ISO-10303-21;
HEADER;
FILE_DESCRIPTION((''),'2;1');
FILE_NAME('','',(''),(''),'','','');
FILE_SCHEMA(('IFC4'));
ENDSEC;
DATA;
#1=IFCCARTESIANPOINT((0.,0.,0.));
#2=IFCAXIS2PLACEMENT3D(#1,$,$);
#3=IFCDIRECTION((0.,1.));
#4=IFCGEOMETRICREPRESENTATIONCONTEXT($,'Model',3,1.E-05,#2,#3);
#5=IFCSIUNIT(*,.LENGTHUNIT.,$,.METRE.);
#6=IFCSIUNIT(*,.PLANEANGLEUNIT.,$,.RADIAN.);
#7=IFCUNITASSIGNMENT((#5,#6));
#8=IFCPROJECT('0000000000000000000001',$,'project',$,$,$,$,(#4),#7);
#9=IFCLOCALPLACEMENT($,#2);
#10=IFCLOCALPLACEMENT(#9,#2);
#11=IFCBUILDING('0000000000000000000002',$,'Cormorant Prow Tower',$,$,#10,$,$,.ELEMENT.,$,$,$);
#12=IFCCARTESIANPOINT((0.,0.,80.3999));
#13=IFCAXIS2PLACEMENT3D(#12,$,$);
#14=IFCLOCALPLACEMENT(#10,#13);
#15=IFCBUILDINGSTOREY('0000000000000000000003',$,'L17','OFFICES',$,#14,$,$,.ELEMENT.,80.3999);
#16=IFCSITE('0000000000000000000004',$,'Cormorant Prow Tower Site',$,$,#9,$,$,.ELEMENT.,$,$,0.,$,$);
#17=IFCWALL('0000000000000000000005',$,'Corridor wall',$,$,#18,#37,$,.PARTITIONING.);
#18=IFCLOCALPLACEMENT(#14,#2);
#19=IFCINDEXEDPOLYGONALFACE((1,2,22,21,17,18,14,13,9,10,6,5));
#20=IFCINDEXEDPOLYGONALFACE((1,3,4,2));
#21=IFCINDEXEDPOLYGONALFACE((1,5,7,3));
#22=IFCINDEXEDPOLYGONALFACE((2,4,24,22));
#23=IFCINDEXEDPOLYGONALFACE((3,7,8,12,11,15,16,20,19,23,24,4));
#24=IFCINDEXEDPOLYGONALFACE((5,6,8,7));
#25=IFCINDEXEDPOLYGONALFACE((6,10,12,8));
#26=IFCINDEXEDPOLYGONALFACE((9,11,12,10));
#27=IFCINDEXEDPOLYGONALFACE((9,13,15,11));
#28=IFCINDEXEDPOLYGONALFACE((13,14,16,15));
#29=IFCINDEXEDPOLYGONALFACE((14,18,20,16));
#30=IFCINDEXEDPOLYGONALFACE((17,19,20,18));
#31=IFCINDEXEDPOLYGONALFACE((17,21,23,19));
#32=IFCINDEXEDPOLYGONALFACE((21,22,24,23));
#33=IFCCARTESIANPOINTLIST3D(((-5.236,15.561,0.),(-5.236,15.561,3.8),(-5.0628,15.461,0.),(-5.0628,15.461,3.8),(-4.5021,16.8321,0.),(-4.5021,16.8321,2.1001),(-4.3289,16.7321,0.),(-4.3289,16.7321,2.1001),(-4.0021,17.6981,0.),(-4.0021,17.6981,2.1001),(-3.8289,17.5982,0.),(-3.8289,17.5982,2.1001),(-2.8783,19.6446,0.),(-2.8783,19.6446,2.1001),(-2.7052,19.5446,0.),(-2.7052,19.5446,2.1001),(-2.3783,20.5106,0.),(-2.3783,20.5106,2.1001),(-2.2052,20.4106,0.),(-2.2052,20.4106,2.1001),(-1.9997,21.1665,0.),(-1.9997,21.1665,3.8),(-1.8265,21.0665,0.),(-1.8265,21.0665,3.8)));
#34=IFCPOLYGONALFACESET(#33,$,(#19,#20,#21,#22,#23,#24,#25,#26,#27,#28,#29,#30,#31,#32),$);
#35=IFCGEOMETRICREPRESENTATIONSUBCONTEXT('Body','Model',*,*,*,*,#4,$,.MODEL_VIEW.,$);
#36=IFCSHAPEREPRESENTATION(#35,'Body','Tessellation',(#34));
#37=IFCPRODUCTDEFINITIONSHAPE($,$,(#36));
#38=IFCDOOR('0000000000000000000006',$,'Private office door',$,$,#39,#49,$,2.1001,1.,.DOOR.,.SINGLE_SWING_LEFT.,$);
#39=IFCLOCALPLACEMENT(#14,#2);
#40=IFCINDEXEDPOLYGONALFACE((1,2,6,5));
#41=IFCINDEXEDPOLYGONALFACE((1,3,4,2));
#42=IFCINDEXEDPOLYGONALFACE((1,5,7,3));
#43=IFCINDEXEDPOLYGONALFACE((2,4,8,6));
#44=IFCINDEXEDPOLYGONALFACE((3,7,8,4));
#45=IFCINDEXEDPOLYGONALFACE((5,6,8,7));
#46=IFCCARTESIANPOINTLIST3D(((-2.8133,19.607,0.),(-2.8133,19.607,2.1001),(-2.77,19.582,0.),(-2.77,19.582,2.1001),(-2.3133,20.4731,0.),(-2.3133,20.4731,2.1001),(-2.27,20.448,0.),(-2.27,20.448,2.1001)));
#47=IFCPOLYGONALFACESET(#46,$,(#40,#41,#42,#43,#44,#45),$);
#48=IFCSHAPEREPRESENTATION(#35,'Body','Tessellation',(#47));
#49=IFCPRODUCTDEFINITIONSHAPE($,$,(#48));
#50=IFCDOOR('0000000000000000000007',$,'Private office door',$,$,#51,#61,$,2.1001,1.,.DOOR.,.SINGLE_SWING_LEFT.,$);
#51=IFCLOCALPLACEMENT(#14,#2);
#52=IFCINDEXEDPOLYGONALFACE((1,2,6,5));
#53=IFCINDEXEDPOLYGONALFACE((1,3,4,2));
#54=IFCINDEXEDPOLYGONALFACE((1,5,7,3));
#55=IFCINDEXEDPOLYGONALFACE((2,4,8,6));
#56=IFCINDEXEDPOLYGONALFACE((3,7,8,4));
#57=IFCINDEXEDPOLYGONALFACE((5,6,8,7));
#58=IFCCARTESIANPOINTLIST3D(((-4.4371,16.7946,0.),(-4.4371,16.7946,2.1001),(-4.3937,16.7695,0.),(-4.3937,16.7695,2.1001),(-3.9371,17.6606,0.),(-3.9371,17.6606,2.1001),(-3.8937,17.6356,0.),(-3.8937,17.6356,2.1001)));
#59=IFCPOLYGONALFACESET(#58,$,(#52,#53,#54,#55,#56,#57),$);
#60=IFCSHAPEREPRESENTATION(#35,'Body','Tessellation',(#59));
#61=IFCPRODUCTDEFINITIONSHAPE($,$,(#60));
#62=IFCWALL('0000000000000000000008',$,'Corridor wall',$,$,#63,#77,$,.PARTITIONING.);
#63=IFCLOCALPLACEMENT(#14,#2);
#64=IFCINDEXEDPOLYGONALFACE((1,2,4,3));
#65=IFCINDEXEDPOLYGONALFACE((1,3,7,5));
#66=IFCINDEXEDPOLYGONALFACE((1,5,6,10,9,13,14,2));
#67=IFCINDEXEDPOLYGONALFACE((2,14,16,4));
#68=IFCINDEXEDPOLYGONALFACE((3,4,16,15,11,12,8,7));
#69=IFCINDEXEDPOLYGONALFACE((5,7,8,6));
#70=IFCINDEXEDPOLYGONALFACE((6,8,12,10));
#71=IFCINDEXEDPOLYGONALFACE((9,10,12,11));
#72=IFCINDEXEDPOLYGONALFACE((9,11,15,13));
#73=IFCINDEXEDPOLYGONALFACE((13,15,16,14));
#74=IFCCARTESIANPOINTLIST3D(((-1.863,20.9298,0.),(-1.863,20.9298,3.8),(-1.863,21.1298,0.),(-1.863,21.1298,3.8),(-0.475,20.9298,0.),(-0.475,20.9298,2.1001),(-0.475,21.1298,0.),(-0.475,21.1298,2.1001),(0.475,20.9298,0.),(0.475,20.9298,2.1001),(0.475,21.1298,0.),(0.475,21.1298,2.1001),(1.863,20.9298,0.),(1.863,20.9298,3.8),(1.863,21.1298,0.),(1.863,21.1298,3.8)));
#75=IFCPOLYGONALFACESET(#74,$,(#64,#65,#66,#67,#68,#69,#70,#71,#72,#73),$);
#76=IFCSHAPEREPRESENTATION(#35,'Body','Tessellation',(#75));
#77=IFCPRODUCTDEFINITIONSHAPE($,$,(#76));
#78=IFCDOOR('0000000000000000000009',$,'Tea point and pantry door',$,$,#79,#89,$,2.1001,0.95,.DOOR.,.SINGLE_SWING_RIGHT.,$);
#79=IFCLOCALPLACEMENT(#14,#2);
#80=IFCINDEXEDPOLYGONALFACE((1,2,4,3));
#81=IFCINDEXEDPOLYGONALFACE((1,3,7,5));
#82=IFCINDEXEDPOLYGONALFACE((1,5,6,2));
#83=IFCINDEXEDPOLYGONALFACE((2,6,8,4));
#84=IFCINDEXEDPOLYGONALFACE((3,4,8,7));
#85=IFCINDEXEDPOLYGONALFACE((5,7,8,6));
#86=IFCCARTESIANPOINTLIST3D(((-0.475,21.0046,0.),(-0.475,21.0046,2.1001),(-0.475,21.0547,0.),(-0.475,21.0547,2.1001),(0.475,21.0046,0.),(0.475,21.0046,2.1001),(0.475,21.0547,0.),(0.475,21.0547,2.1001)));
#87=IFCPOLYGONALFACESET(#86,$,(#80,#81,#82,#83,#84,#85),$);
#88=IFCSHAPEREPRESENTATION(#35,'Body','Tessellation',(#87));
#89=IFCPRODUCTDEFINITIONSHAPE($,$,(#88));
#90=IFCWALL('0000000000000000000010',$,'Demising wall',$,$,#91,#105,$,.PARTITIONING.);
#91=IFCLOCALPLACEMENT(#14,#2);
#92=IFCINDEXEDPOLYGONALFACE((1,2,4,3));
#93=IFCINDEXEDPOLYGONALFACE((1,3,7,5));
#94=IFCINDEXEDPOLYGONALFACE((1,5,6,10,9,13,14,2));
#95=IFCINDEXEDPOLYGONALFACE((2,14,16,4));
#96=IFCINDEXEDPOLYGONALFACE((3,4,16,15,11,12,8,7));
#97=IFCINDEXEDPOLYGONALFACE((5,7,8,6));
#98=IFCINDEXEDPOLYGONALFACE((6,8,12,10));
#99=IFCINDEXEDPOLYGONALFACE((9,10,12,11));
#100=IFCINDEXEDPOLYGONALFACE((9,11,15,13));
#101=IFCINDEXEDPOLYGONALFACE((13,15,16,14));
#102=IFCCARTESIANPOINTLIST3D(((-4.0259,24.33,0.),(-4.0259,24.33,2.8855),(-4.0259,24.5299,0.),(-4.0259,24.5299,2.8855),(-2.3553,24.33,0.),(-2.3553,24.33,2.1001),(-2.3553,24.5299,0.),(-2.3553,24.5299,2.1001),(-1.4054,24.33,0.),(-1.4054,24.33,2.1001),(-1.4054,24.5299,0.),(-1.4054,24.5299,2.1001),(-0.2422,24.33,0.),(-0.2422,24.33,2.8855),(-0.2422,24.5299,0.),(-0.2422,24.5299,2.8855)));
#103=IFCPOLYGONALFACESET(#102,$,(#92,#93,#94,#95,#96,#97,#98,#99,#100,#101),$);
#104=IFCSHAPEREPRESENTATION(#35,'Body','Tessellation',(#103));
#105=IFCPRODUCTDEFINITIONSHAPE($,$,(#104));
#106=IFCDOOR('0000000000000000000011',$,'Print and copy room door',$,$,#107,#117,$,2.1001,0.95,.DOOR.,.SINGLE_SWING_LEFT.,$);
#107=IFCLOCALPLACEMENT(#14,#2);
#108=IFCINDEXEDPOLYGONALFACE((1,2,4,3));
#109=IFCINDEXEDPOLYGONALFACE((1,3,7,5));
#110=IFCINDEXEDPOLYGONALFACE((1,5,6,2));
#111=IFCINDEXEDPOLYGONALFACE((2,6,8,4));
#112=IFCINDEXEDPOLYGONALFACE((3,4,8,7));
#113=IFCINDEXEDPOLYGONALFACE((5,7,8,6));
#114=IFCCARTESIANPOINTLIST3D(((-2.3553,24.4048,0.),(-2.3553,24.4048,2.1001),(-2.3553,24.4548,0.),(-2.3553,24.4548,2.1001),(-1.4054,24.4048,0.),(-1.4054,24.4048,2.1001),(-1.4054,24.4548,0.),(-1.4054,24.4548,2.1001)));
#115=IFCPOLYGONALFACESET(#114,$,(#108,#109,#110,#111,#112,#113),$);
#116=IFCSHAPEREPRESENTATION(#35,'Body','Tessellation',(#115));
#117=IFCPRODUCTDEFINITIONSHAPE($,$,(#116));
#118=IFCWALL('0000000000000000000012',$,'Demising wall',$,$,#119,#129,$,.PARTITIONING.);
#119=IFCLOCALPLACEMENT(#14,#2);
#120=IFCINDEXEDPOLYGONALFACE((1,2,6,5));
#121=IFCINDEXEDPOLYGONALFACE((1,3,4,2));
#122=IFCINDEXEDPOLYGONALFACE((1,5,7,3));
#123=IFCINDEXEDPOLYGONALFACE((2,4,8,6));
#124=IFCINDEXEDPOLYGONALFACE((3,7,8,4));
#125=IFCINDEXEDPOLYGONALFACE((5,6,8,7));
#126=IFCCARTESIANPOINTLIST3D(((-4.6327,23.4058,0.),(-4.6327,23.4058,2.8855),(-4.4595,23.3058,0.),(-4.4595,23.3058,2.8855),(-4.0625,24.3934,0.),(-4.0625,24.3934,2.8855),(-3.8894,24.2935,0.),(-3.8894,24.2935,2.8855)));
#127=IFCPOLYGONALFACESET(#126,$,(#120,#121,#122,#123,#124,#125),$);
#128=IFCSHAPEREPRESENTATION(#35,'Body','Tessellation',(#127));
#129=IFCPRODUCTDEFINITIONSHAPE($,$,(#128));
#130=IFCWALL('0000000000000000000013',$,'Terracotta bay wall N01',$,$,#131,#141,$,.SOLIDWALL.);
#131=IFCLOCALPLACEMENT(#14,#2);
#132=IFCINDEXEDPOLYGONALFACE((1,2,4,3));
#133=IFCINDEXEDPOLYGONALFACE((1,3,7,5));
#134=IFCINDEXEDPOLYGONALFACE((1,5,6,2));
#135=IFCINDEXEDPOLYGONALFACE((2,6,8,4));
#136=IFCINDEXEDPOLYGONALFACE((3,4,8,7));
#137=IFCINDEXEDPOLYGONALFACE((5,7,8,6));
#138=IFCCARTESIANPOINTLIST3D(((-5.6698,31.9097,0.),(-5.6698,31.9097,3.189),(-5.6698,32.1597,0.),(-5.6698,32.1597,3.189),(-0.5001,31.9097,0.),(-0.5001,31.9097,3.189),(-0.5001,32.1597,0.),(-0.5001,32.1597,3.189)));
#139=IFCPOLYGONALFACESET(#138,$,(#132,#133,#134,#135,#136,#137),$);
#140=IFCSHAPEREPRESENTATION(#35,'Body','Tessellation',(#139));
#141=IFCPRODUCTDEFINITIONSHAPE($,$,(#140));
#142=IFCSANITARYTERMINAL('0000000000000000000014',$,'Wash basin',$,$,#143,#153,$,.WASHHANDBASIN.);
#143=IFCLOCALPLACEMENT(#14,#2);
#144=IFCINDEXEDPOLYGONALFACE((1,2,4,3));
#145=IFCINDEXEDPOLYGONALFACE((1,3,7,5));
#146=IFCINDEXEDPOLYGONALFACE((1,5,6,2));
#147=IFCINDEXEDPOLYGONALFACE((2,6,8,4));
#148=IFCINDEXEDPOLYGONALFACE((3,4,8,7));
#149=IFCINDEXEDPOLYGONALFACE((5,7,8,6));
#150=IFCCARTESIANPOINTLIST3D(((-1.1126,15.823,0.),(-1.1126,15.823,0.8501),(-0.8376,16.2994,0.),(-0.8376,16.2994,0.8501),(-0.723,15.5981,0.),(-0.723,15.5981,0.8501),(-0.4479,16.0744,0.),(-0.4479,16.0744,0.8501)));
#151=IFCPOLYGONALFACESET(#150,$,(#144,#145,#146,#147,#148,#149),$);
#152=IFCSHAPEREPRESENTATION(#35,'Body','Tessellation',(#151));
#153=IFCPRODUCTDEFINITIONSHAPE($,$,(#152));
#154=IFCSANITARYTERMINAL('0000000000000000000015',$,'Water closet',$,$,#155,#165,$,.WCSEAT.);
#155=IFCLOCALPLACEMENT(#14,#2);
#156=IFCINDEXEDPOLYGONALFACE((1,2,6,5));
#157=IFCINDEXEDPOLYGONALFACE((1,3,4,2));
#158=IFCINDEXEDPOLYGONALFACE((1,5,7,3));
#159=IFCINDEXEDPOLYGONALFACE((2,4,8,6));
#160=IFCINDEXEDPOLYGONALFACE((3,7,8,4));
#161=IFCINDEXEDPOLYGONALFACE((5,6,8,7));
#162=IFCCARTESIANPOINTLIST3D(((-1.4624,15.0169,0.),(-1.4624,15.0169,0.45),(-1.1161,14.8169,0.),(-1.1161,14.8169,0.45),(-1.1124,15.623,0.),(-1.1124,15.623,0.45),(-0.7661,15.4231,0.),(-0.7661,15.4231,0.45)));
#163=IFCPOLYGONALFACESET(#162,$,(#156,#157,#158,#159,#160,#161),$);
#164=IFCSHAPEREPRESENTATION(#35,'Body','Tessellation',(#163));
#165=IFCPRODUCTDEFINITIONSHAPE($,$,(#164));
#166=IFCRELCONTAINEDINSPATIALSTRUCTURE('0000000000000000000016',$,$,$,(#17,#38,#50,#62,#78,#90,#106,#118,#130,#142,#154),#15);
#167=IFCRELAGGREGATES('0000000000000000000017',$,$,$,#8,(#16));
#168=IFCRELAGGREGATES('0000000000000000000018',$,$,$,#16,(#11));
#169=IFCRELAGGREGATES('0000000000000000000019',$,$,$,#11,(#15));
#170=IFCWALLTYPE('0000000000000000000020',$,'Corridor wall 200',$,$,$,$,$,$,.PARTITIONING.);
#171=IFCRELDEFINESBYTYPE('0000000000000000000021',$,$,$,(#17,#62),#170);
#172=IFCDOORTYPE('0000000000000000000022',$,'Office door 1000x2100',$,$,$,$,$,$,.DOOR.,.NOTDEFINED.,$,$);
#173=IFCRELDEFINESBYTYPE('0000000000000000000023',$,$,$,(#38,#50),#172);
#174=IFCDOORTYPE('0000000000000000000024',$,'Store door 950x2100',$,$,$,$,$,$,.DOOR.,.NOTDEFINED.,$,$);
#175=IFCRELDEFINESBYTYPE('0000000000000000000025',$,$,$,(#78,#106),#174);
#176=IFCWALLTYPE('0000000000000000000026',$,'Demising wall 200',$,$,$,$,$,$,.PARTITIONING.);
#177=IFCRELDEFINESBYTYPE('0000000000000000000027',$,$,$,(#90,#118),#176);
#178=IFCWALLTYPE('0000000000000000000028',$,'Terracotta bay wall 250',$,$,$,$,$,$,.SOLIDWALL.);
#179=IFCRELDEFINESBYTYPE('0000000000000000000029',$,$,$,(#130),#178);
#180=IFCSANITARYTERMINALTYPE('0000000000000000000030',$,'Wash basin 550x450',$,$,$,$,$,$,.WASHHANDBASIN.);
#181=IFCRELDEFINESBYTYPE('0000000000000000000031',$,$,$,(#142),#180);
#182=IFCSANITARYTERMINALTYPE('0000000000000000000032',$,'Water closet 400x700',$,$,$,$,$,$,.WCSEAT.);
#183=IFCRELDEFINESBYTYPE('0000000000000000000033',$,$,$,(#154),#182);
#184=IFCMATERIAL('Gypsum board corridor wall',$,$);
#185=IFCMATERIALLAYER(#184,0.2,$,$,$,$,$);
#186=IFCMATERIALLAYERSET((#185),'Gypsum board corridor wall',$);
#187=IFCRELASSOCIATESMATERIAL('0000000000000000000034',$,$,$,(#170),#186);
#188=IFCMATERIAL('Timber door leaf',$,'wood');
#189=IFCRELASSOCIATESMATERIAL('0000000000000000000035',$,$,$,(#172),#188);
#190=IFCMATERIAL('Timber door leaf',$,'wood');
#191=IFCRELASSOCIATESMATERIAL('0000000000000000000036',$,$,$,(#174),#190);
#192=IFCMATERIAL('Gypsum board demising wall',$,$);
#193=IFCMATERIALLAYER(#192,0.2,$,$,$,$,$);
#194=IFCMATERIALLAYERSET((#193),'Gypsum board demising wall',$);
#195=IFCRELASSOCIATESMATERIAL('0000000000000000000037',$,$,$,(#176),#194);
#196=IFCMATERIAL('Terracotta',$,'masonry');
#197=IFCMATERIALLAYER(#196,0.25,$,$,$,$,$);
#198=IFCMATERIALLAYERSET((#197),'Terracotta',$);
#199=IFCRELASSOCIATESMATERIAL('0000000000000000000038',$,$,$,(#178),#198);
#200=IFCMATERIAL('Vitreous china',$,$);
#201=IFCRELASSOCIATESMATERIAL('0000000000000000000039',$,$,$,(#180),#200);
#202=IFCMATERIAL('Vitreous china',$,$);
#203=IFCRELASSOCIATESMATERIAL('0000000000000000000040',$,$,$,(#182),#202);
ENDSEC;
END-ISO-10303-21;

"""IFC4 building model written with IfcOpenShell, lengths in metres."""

from ifc_helpers import new_model, si_unit, direction, frame, frame_2d, origin, origin_2d, place, context, subcontext, project, spatial, rectangle, extrude, material, layer, layer_set, type_object, element, fill, save


model = new_model("IFC4")

# Units and contexts
model_context = context("Model", 3, precision=1e-05, world=origin(), true_north=direction((0.0, 1.0)))
body_context = subcontext(model_context, "Body", "Model", "MODEL_VIEW")
ifc_project = project(units=[si_unit("LENGTHUNIT", "METRE"), si_unit("PLANEANGLEUNIT", "RADIAN")], contexts=[model_context])

# Site, building, storey
site_placement = place(None, origin())
site = spatial("IfcSite", under=ifc_project, at=site_placement, Name="Cormorant Prow Tower Site", CompositionType="ELEMENT", RefElevation=0.0)
building_placement = place(site_placement, origin())
building = spatial("IfcBuilding", under=site, at=building_placement, Name="Cormorant Prow Tower", CompositionType="ELEMENT")
storey_placement = place(building_placement, frame((0.0, 0.0, 80.3999)))
storey = spatial("IfcBuildingStorey", under=building, at=storey_placement, Name="L17", Description="OFFICES", CompositionType="ELEMENT", Elevation=80.3999)

# Wall, openings, doors
ifc_material_1 = material(Name="Gypsum board corridor wall")
ifc_layer_1 = layer(ifc_material_1, 0.2)
ifc_layer_set_1 = layer_set([ifc_layer_1], Name="Gypsum board corridor wall")
wall_type_1 = type_object("IfcWallType", Name="Corridor wall 200", PredefinedType="PARTITIONING", material=ifc_layer_set_1)
wall_1_placement = place(storey_placement, frame((-5.1494, 15.511, 0.0), z_axis=(0.0, 0.0, 1.0), x_axis=(0.500001, 0.866025, 0.0)))
wall_1 = element("IfcWall", 1, at=wall_1_placement, inside=storey, type_object=wall_type_1, Name="Corridor wall", PredefinedType="PARTITIONING", context=body_context, shape_type="SweptSolid", body=[
    extrude(rectangle(XDim=6.4727, YDim=0.2, at=frame_2d((3.2363, 0.0))), origin(), (0.0, 0.0, 1.0), 3.8),
])
opening_1_placement = place(wall_1_placement, frame((4.7153, 0.0, 0.0)))
opening_1 = element("IfcOpeningElement", 2, at=opening_1_placement, cuts=wall_1, PredefinedType="OPENING", context=body_context, shape_type="SweptSolid", body=[
    extrude(rectangle(XDim=1.0, YDim=2.1001, at=frame_2d((0.5, 1.05))), frame((0.0, 0.1099, 0.0), z_axis=(0.0, -1.0, 0.0), x_axis=(1.0, 0.0, 0.0)), (0.0, 0.0, 1.0), 0.22),
])
opening_2_placement = place(wall_1_placement, frame((1.4678, 0.0, 0.0)))
opening_2 = element("IfcOpeningElement", 3, at=opening_2_placement, cuts=wall_1, PredefinedType="OPENING", context=body_context, shape_type="SweptSolid", body=[
    extrude(rectangle(XDim=1.0, YDim=2.1001, at=frame_2d((0.5, 1.05))), frame((0.0, 0.1099, 0.0), z_axis=(0.0, -1.0, 0.0), x_axis=(1.0, 0.0, 0.0)), (0.0, 0.0, 1.0), 0.22),
])
ifc_material_2 = material(Name="Timber door leaf", Category="wood")
door_type_1 = type_object("IfcDoorType", Name="Office door 1000x2100", OperationType="NOTDEFINED", PredefinedType="DOOR", material=ifc_material_2)
door_1_placement = place(opening_1_placement, origin())
door_1 = element("IfcDoor", 4, at=door_1_placement, inside=storey, type_object=door_type_1, Name="Private office door", OperationType="SINGLE_SWING_LEFT", OverallHeight=2.1001, OverallWidth=1.0, PredefinedType="DOOR", context=body_context, shape_type="SweptSolid", body=[
    extrude(rectangle(XDim=1.0, YDim=2.1001, at=frame_2d((0.5, 1.05))), frame((0.0, 0.0249, 0.0), z_axis=(0.0, -1.0, 0.0), x_axis=(1.0, 0.0, 0.0)), (0.0, 0.0, 1.0), 0.05),
])
fill(opening_1, door_1)
door_2_placement = place(opening_2_placement, origin())
door_2 = element("IfcDoor", 5, at=door_2_placement, inside=storey, type_object=door_type_1, Name="Private office door", OperationType="SINGLE_SWING_LEFT", OverallHeight=2.1001, OverallWidth=1.0, PredefinedType="DOOR", context=body_context, shape_type="SweptSolid", body=[
    extrude(rectangle(XDim=1.0, YDim=2.1001, at=frame_2d((0.5, 1.05))), frame((0.0, 0.0249, 0.0), z_axis=(0.0, -1.0, 0.0), x_axis=(1.0, 0.0, 0.0)), (0.0, 0.0, 1.0), 0.05),
])
fill(opening_2, door_2)

# Walls, openings, doors
wall_2_placement = place(storey_placement, frame((-1.863, 21.0298, 0.0), z_axis=(0.0, 0.0, 1.0), x_axis=(1.0, 0.0, 0.0)))
wall_2 = element("IfcWall", 6, at=wall_2_placement, inside=storey, type_object=wall_type_1, Name="Corridor wall", PredefinedType="PARTITIONING", context=body_context, shape_type="SweptSolid", body=[
    extrude(rectangle(XDim=3.7261, YDim=0.2, at=frame_2d((1.863, 0.0))), origin(), (0.0, 0.0, 1.0), 3.8),
])
opening_3_placement = place(wall_2_placement, frame((1.3879, 0.0, 0.0)))
opening_3 = element("IfcOpeningElement", 7, at=opening_3_placement, cuts=wall_2, PredefinedType="OPENING", context=body_context, shape_type="SweptSolid", body=[
    extrude(rectangle(XDim=0.95, YDim=2.1001, at=frame_2d((0.4751, 1.05))), frame((0.0, 0.1099, 0.0), z_axis=(0.0, -1.0, 0.0), x_axis=(1.0, 0.0, 0.0)), (0.0, 0.0, 1.0), 0.22),
])
ifc_material_3 = material(Name="Timber door leaf", Category="wood")
door_type_2 = type_object("IfcDoorType", Name="Store door 950x2100", OperationType="NOTDEFINED", PredefinedType="DOOR", material=ifc_material_3)
door_3_placement = place(opening_3_placement, origin())
door_3 = element("IfcDoor", 8, at=door_3_placement, inside=storey, type_object=door_type_2, Name="Tea point and pantry door", OperationType="SINGLE_SWING_RIGHT", OverallHeight=2.1001, OverallWidth=0.95, PredefinedType="DOOR", context=body_context, shape_type="SweptSolid", body=[
    extrude(rectangle(XDim=0.95, YDim=2.1001, at=frame_2d((0.4751, 1.05))), frame((0.0, 0.0249, 0.0), z_axis=(0.0, -1.0, 0.0), x_axis=(1.0, 0.0, 0.0)), (0.0, 0.0, 1.0), 0.05),
])
fill(opening_3, door_3)
ifc_material_4 = material(Name="Gypsum board demising wall")
ifc_layer_2 = layer(ifc_material_4, 0.2)
ifc_layer_set_2 = layer_set([ifc_layer_2], Name="Gypsum board demising wall")
wall_type_2 = type_object("IfcWallType", Name="Demising wall 200", PredefinedType="PARTITIONING", material=ifc_layer_set_2)
wall_3_placement = place(storey_placement, frame((-4.0259, 24.4299, 0.0), z_axis=(0.0, 0.0, 1.0), x_axis=(1.0, 0.0, 0.0)))
wall_3 = element("IfcWall", 9, at=wall_3_placement, inside=storey, type_object=wall_type_2, Name="Demising wall", PredefinedType="PARTITIONING", context=body_context, shape_type="SweptSolid", body=[
    extrude(rectangle(XDim=3.7837, YDim=0.2, at=frame_2d((1.8918, 0.0))), origin(), (0.0, 0.0, 1.0), 2.8855),
])
opening_4_placement = place(wall_3_placement, frame((1.6704, 0.0, 0.0)))
opening_4 = element("IfcOpeningElement", 10, at=opening_4_placement, cuts=wall_3, PredefinedType="OPENING", context=body_context, shape_type="SweptSolid", body=[
    extrude(rectangle(XDim=0.95, YDim=2.1001, at=frame_2d((0.4751, 1.05))), frame((0.0, 0.1099, 0.0), z_axis=(0.0, -1.0, 0.0), x_axis=(1.0, 0.0, 0.0)), (0.0, 0.0, 1.0), 0.22),
])
door_4_placement = place(opening_4_placement, origin())
door_4 = element("IfcDoor", 11, at=door_4_placement, inside=storey, type_object=door_type_2, Name="Print and copy room door", OperationType="SINGLE_SWING_LEFT", OverallHeight=2.1001, OverallWidth=0.95, PredefinedType="DOOR", context=body_context, shape_type="SweptSolid", body=[
    extrude(rectangle(XDim=0.95, YDim=2.1001, at=frame_2d((0.4751, 1.05))), frame((0.0, 0.0249, 0.0), z_axis=(0.0, -1.0, 0.0), x_axis=(1.0, 0.0, 0.0)), (0.0, 0.0, 1.0), 0.05),
])
fill(opening_4, door_4)

# Walls
wall_4_placement = place(storey_placement, frame((-4.5461, 23.3557, 0.0), z_axis=(0.0, 0.0, 1.0), x_axis=(0.499939, 0.866061, 0.0)))
element("IfcWall", 12, at=wall_4_placement, inside=storey, type_object=wall_type_2, Name="Demising wall", PredefinedType="PARTITIONING", context=body_context, shape_type="SweptSolid", body=[
    extrude(rectangle(XDim=1.1404, YDim=0.2, at=frame_2d((0.5703, 0.0))), origin(), (0.0, 0.0, 1.0), 2.8855),
])
ifc_material_5 = material(Name="Terracotta", Category="masonry")
ifc_layer_3 = layer(ifc_material_5, 0.25)
ifc_layer_set_3 = layer_set([ifc_layer_3], Name="Terracotta")
wall_type_3 = type_object("IfcWallType", Name="Terracotta bay wall 250", PredefinedType="SOLIDWALL", material=ifc_layer_set_3)
wall_5_placement = place(storey_placement, frame((-0.5, 32.0347, 0.0), z_axis=(0.0, 0.0, 1.0), x_axis=(-1.0, 0.0, 0.0)))
element("IfcWall", 13, at=wall_5_placement, inside=storey, type_object=wall_type_3, Name="Terracotta bay wall N01", PredefinedType="SOLIDWALL", context=body_context, shape_type="SweptSolid", body=[
    extrude(rectangle(XDim=5.1697, YDim=0.25, at=frame_2d((2.585, 0.0))), origin(), (0.0, 0.0, 1.0), 3.189),
])

# Sanitary terminals
ifc_material_6 = material(Name="Vitreous china")
sanitary_terminal_type_1 = type_object("IfcSanitaryTerminalType", Name="Wash basin 550x450", PredefinedType="WASHHANDBASIN", material=ifc_material_6)
sanitary_terminal_1_placement = place(storey_placement, frame((-0.7803, 15.9487, 0.0), z_axis=(0.0, 0.0, 1.0), x_axis=(-0.500015, -0.866017, 0.0)))
element("IfcSanitaryTerminal", 14, at=sanitary_terminal_1_placement, inside=storey, type_object=sanitary_terminal_type_1, Name="Wash basin", PredefinedType="WASHHANDBASIN", context=body_context, shape_type="SweptSolid", body=[
    extrude(rectangle(XDim=0.55, YDim=0.45, at=origin_2d()), origin(), (0.0, 0.0, 1.0), 0.8501),
])
ifc_material_7 = material(Name="Vitreous china")
sanitary_terminal_type_2 = type_object("IfcSanitaryTerminalType", Name="Water closet 400x700", PredefinedType="WCSEAT", material=ifc_material_7)
sanitary_terminal_2_placement = place(storey_placement, frame((-1.1143, 15.22, 0.0), z_axis=(0.0, 0.0, 1.0), x_axis=(0.866025, -0.5, 0.0)))
element("IfcSanitaryTerminal", 15, at=sanitary_terminal_2_placement, inside=storey, type_object=sanitary_terminal_type_2, Name="Water closet", PredefinedType="WCSEAT", context=body_context, shape_type="SweptSolid", body=[
    extrude(rectangle(XDim=0.3999, YDim=0.7, at=origin_2d()), origin(), (0.0, 0.0, 1.0), 0.45),
])

save(model, "model.ifc")
